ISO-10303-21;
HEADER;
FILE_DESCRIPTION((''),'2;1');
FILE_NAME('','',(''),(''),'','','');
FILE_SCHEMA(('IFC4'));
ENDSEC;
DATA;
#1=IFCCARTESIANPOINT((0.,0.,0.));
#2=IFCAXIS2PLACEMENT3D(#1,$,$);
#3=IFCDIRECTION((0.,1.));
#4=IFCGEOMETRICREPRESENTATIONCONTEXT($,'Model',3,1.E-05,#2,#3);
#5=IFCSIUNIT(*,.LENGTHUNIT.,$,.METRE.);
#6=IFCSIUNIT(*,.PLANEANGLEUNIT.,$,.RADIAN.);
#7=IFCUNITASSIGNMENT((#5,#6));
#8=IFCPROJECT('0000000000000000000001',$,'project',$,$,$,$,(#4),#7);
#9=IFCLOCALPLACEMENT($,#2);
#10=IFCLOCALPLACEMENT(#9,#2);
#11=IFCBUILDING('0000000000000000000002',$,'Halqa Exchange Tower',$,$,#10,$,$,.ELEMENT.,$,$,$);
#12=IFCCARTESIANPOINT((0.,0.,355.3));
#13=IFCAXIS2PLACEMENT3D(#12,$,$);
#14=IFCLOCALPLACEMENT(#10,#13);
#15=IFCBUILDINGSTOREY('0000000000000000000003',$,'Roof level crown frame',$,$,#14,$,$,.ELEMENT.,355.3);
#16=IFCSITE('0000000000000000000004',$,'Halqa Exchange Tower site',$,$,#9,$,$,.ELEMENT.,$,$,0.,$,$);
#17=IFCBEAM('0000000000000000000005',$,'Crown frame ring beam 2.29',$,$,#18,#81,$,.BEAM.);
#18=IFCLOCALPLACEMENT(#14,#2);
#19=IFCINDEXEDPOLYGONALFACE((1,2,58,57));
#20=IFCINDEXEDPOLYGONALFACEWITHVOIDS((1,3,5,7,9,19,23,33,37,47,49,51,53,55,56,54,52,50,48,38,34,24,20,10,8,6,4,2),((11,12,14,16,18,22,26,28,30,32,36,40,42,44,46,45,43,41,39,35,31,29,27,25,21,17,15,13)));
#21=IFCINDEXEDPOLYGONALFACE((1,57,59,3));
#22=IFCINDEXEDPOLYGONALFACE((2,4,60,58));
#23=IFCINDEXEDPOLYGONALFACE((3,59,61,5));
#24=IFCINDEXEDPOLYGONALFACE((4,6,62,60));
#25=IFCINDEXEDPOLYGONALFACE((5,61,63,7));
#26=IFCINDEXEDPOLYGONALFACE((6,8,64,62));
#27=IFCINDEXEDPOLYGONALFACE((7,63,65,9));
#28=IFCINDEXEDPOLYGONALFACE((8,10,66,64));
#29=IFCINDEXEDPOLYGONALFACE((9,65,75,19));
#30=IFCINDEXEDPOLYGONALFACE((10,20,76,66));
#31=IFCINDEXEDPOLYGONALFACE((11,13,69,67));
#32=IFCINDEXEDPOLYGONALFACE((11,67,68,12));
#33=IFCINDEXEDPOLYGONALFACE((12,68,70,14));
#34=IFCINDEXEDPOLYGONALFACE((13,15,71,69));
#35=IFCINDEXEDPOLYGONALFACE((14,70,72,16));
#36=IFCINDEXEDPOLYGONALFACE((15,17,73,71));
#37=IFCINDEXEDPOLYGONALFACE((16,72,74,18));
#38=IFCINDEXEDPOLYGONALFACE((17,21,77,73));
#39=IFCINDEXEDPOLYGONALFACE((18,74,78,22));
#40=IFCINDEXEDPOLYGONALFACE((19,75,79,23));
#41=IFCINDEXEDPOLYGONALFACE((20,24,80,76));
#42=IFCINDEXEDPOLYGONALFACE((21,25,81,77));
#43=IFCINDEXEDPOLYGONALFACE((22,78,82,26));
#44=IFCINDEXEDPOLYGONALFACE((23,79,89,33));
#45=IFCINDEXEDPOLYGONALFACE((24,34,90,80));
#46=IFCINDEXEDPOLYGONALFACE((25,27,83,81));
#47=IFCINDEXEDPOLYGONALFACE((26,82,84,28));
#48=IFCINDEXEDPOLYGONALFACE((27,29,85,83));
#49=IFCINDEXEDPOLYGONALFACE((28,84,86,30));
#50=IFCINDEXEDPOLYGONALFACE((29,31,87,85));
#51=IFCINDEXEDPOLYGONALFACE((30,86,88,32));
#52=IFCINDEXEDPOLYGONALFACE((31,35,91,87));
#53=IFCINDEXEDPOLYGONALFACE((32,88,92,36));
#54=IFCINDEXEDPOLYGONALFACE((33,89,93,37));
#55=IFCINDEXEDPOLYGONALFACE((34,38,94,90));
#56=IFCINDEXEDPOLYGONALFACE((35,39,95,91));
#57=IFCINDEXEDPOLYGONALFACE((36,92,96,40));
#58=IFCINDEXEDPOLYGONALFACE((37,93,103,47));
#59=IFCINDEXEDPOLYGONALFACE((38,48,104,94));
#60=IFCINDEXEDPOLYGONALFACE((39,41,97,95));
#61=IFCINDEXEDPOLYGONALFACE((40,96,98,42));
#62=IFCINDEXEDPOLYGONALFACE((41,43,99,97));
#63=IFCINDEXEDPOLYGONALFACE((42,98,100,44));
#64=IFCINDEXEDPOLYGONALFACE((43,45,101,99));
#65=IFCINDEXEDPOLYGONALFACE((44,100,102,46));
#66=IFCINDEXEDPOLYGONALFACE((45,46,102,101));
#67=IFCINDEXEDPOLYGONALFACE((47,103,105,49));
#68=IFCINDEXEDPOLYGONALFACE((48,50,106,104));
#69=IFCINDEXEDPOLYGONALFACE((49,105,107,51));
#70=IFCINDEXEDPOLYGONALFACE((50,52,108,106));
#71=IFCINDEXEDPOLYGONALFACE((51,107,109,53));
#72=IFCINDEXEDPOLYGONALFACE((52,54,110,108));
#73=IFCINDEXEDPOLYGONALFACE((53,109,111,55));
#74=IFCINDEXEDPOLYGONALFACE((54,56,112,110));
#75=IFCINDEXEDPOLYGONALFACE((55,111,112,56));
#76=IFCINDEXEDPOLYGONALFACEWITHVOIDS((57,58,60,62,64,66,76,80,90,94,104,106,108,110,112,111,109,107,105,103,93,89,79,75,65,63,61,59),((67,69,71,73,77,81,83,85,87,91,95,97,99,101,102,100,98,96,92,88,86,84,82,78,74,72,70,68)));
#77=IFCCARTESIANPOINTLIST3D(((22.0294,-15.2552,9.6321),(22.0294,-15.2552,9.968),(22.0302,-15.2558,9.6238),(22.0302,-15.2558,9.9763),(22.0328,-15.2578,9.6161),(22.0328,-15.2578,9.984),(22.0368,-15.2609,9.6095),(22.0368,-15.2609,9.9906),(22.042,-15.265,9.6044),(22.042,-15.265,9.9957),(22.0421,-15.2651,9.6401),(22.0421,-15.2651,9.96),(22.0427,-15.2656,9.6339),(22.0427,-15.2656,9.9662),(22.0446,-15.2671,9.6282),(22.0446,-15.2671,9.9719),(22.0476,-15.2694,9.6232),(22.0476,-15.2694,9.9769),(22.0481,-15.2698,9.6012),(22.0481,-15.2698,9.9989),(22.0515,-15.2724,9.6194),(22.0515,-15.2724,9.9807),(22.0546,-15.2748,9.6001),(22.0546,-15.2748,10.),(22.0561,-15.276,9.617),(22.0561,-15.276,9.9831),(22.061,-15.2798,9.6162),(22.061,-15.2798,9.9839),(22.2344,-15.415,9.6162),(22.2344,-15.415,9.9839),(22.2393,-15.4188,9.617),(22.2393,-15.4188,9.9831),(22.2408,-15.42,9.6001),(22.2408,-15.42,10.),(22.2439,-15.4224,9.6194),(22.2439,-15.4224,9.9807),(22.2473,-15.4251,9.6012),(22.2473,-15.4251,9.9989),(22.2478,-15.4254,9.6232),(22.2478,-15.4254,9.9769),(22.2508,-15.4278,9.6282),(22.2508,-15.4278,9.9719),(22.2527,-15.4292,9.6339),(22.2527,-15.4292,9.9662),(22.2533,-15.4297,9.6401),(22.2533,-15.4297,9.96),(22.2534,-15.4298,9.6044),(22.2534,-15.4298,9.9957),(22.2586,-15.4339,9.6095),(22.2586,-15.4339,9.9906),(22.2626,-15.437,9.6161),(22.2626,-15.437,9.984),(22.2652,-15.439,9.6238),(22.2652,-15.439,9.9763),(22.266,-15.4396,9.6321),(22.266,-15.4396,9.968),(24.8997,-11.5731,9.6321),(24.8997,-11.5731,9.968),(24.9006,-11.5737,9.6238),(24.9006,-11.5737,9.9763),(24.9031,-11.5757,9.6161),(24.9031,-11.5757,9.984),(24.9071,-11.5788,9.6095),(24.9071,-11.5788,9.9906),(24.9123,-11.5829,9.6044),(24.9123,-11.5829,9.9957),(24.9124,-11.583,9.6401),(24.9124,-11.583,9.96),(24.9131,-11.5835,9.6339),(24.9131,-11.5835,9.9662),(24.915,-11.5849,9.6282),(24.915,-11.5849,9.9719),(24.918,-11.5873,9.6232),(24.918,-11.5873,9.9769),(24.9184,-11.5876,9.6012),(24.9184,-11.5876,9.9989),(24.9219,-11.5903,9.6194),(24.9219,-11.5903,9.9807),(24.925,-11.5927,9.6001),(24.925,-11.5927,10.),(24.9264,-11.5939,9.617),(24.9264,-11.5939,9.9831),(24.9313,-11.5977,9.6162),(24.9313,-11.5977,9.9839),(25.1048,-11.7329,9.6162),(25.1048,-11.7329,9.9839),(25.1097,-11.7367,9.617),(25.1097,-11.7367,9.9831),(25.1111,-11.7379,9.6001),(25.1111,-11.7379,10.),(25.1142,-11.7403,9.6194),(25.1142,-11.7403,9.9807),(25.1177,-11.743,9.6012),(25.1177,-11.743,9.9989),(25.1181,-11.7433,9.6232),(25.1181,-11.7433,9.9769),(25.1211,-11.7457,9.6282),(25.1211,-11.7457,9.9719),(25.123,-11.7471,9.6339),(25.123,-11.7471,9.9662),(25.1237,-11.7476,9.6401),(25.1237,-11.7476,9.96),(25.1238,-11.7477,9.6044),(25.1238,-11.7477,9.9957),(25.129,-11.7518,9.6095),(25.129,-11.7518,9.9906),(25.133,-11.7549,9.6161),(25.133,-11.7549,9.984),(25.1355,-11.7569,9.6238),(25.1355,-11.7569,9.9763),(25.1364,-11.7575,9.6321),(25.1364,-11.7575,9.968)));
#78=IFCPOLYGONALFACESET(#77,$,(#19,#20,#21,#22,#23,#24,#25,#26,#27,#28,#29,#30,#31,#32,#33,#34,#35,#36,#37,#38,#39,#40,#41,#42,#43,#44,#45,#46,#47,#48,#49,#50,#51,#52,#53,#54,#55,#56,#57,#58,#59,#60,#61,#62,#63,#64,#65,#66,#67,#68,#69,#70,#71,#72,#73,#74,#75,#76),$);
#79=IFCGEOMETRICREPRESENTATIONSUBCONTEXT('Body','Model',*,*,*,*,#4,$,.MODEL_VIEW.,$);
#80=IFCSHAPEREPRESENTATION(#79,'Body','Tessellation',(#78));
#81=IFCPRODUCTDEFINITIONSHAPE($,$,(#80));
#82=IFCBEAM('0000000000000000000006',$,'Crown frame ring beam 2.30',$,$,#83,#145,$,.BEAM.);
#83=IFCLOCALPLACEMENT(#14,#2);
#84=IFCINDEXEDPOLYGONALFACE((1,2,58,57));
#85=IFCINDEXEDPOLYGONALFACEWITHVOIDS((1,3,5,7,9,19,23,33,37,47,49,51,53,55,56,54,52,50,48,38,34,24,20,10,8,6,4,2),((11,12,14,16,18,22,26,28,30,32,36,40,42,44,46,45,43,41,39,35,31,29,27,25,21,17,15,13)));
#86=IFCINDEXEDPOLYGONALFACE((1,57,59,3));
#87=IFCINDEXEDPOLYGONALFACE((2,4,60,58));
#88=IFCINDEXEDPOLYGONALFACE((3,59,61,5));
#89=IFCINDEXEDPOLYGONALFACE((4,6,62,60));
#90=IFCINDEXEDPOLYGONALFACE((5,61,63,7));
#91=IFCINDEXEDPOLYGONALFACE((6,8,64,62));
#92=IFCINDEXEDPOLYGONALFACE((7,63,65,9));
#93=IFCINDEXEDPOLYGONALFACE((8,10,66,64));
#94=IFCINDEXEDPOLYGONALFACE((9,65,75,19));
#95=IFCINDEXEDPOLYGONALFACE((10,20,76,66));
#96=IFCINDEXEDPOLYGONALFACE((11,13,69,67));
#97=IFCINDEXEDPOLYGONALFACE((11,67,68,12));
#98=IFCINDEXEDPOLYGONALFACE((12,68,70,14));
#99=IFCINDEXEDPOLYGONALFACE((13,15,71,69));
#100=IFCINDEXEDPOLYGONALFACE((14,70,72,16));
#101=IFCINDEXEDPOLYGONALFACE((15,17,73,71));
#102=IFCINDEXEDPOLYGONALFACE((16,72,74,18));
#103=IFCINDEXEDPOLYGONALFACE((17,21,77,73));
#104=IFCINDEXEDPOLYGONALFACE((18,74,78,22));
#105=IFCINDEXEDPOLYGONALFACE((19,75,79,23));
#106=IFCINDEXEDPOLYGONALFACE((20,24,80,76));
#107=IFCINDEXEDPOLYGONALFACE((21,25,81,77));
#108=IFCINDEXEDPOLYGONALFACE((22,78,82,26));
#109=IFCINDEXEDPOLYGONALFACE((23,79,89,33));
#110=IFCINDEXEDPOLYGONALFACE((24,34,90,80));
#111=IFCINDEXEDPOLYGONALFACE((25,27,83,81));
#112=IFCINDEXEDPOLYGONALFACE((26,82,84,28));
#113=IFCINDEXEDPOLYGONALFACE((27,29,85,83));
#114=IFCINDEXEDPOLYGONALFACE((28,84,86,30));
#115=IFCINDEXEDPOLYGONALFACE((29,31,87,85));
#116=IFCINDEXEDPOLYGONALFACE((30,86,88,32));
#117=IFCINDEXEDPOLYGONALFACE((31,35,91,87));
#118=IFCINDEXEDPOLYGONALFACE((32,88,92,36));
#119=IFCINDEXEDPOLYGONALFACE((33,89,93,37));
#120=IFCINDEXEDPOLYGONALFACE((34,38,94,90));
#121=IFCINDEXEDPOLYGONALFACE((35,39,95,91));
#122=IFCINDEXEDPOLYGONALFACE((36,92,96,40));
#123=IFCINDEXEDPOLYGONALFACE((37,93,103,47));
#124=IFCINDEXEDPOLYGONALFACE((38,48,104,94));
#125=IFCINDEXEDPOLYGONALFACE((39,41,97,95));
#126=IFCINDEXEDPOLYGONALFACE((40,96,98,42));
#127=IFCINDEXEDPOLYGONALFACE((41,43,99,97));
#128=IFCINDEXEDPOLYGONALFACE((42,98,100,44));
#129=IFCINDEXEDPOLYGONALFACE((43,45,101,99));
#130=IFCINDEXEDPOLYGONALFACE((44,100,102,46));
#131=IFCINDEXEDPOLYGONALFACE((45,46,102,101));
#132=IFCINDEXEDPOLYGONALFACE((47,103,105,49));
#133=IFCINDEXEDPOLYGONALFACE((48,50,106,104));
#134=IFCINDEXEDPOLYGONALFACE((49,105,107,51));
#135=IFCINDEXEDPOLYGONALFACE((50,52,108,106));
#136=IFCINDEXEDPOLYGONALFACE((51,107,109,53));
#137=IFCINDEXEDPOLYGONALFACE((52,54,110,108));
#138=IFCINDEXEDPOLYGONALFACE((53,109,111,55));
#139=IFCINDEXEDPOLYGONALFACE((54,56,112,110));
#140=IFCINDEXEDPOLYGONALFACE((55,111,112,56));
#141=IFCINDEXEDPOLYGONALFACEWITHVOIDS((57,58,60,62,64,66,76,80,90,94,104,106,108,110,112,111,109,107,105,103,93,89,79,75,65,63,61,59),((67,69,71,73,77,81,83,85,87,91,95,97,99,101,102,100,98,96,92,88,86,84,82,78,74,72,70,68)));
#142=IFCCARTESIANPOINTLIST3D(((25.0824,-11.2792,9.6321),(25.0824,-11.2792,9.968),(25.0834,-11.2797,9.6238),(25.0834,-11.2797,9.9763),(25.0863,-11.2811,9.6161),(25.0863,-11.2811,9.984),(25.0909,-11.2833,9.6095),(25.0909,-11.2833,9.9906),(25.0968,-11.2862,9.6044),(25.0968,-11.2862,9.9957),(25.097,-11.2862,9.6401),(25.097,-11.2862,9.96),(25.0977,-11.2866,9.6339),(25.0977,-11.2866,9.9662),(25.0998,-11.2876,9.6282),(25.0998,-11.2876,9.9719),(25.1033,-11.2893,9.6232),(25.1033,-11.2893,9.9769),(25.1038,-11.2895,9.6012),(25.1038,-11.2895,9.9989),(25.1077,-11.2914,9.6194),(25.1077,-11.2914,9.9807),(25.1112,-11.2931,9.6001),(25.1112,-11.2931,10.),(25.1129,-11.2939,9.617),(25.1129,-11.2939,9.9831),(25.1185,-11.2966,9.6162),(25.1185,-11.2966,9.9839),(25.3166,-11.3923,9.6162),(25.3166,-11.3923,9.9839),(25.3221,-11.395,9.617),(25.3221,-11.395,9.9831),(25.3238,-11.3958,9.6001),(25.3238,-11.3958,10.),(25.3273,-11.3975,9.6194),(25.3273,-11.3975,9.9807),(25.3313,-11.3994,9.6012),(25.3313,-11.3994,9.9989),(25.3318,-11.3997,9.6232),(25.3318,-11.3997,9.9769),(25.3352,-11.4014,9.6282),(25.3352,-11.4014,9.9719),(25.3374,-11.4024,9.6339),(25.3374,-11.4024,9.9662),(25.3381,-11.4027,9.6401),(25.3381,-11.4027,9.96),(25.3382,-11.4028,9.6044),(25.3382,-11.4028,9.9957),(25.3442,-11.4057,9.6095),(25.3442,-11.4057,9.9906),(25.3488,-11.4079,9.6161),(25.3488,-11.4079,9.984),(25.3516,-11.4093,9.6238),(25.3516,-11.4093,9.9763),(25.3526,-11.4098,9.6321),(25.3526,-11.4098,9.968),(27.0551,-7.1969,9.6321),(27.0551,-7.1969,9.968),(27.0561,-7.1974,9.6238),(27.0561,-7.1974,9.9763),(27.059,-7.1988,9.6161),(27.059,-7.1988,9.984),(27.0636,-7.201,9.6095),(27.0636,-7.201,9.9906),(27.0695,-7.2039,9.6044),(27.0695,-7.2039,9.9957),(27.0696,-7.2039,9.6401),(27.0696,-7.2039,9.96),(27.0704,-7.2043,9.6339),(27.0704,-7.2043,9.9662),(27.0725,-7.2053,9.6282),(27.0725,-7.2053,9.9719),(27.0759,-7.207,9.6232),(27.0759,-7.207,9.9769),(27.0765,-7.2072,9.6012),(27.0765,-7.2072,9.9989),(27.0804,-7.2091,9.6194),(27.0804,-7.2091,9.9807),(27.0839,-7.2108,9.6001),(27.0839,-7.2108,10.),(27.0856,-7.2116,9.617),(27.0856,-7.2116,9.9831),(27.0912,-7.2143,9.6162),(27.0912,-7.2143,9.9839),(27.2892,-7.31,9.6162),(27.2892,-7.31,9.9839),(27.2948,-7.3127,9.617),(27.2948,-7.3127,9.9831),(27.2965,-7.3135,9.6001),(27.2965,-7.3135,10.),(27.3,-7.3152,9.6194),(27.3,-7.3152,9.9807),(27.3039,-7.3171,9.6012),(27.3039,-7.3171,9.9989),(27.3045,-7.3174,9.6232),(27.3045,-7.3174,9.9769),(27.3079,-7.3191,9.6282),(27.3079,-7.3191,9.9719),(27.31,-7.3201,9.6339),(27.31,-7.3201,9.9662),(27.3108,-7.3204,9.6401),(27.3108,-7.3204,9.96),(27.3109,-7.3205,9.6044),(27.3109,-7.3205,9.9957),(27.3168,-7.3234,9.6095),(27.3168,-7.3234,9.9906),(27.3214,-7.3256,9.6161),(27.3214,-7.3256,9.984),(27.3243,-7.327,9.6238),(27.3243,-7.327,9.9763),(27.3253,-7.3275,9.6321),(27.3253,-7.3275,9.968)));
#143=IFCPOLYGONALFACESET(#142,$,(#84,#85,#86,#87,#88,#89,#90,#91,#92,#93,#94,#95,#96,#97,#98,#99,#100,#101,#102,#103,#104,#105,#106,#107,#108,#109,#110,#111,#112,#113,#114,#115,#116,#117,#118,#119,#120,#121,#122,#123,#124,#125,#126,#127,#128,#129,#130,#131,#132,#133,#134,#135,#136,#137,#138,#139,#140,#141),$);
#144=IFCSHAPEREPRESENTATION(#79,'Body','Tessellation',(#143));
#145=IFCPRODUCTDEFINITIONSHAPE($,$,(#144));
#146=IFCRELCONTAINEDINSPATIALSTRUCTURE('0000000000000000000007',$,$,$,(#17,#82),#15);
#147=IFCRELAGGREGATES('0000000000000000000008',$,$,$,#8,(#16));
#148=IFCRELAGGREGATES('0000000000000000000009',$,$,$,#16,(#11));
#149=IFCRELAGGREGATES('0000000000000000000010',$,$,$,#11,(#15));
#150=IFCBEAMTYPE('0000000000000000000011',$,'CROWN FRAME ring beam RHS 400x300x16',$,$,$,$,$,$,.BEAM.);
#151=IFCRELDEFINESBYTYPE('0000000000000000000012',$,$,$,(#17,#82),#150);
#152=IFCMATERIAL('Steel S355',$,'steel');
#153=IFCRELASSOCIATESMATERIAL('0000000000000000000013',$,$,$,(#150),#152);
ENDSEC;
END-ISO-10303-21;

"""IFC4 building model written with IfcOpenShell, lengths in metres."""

from ifc_helpers import new_model, si_unit, direction, frame, origin, origin_2d, place, context, subcontext, project, spatial, hollow_rectangle, extrude, material, material_profile, profile_set, type_object, element, save


model = new_model("IFC4")

# Units and contexts
model_context = context("Model", 3, precision=1e-05, world=origin(), true_north=direction((0.0, 1.0)))
body_context = subcontext(model_context, "Body", "Model", "MODEL_VIEW")
ifc_project = project(units=[si_unit("LENGTHUNIT", "METRE"), si_unit("PLANEANGLEUNIT", "RADIAN")], contexts=[model_context])

# Site, building, storey
site_placement = place(None, origin())
site = spatial("IfcSite", under=ifc_project, at=site_placement, Name="Halqa Exchange Tower site", CompositionType="ELEMENT", RefElevation=0.0)
building_placement = place(site_placement, origin())
building = spatial("IfcBuilding", under=site, at=building_placement, Name="Halqa Exchange Tower", CompositionType="ELEMENT")
storey_placement = place(building_placement, frame((0.0, 0.0, 355.3)))
storey = spatial("IfcBuildingStorey", under=building, at=storey_placement, Name="Roof level crown frame", CompositionType="ELEMENT", Elevation=355.3)

# Shared definitions
ifc_material_1 = material(Name="Steel S355", Category="steel")

# Beams
ifc_material_profile_1 = material_profile(ifc_material_1, hollow_rectangle(XDim=0.3, YDim=0.3999, WallThickness=0.0161, InnerFilletRadius=0.0239, OuterFilletRadius=0.032, at=origin_2d()), Name="RHS 400x300x16")
ifc_profile_set_1 = profile_set([ifc_material_profile_1], Name="Steel S355")
beam_type = type_object("IfcBeamType", Name="CROWN FRAME ring beam RHS 400x300x16", PredefinedType="BEAM", material=ifc_profile_set_1)
beam_1_placement = place(storey_placement, frame((22.1477, -15.3474, 9.8), z_axis=(0.614805, 0.788679, 0.0), x_axis=(-0.788679, 0.614805, 0.0)))
element("IfcBeam", 1, at=beam_1_placement, inside=storey, type_object=beam_type, Name="Crown frame ring beam 2.29", PredefinedType="BEAM", context=body_context, shape_type="SweptSolid", body=[
    extrude(hollow_rectangle(XDim=0.3, YDim=0.3999, WallThickness=0.0161, InnerFilletRadius=0.0239, OuterFilletRadius=0.032, at=origin_2d()), origin(), (0.0, 0.0, 1.0), 4.6687),
])
beam_2_placement = place(storey_placement, frame((25.2175, -11.3445, 9.8), z_axis=(0.435089, 0.900387, 0.0), x_axis=(-0.900387, 0.435089, 0.0)))
element("IfcBeam", 2, at=beam_2_placement, inside=storey, type_object=beam_type, Name="Crown frame ring beam 2.30", PredefinedType="BEAM", context=body_context, shape_type="SweptSolid", body=[
    extrude(hollow_rectangle(XDim=0.3, YDim=0.3999, WallThickness=0.0161, InnerFilletRadius=0.0239, OuterFilletRadius=0.032, at=origin_2d()), origin(), (0.0, 0.0, 1.0), 4.5339),
])

save(model, "model.ifc")
